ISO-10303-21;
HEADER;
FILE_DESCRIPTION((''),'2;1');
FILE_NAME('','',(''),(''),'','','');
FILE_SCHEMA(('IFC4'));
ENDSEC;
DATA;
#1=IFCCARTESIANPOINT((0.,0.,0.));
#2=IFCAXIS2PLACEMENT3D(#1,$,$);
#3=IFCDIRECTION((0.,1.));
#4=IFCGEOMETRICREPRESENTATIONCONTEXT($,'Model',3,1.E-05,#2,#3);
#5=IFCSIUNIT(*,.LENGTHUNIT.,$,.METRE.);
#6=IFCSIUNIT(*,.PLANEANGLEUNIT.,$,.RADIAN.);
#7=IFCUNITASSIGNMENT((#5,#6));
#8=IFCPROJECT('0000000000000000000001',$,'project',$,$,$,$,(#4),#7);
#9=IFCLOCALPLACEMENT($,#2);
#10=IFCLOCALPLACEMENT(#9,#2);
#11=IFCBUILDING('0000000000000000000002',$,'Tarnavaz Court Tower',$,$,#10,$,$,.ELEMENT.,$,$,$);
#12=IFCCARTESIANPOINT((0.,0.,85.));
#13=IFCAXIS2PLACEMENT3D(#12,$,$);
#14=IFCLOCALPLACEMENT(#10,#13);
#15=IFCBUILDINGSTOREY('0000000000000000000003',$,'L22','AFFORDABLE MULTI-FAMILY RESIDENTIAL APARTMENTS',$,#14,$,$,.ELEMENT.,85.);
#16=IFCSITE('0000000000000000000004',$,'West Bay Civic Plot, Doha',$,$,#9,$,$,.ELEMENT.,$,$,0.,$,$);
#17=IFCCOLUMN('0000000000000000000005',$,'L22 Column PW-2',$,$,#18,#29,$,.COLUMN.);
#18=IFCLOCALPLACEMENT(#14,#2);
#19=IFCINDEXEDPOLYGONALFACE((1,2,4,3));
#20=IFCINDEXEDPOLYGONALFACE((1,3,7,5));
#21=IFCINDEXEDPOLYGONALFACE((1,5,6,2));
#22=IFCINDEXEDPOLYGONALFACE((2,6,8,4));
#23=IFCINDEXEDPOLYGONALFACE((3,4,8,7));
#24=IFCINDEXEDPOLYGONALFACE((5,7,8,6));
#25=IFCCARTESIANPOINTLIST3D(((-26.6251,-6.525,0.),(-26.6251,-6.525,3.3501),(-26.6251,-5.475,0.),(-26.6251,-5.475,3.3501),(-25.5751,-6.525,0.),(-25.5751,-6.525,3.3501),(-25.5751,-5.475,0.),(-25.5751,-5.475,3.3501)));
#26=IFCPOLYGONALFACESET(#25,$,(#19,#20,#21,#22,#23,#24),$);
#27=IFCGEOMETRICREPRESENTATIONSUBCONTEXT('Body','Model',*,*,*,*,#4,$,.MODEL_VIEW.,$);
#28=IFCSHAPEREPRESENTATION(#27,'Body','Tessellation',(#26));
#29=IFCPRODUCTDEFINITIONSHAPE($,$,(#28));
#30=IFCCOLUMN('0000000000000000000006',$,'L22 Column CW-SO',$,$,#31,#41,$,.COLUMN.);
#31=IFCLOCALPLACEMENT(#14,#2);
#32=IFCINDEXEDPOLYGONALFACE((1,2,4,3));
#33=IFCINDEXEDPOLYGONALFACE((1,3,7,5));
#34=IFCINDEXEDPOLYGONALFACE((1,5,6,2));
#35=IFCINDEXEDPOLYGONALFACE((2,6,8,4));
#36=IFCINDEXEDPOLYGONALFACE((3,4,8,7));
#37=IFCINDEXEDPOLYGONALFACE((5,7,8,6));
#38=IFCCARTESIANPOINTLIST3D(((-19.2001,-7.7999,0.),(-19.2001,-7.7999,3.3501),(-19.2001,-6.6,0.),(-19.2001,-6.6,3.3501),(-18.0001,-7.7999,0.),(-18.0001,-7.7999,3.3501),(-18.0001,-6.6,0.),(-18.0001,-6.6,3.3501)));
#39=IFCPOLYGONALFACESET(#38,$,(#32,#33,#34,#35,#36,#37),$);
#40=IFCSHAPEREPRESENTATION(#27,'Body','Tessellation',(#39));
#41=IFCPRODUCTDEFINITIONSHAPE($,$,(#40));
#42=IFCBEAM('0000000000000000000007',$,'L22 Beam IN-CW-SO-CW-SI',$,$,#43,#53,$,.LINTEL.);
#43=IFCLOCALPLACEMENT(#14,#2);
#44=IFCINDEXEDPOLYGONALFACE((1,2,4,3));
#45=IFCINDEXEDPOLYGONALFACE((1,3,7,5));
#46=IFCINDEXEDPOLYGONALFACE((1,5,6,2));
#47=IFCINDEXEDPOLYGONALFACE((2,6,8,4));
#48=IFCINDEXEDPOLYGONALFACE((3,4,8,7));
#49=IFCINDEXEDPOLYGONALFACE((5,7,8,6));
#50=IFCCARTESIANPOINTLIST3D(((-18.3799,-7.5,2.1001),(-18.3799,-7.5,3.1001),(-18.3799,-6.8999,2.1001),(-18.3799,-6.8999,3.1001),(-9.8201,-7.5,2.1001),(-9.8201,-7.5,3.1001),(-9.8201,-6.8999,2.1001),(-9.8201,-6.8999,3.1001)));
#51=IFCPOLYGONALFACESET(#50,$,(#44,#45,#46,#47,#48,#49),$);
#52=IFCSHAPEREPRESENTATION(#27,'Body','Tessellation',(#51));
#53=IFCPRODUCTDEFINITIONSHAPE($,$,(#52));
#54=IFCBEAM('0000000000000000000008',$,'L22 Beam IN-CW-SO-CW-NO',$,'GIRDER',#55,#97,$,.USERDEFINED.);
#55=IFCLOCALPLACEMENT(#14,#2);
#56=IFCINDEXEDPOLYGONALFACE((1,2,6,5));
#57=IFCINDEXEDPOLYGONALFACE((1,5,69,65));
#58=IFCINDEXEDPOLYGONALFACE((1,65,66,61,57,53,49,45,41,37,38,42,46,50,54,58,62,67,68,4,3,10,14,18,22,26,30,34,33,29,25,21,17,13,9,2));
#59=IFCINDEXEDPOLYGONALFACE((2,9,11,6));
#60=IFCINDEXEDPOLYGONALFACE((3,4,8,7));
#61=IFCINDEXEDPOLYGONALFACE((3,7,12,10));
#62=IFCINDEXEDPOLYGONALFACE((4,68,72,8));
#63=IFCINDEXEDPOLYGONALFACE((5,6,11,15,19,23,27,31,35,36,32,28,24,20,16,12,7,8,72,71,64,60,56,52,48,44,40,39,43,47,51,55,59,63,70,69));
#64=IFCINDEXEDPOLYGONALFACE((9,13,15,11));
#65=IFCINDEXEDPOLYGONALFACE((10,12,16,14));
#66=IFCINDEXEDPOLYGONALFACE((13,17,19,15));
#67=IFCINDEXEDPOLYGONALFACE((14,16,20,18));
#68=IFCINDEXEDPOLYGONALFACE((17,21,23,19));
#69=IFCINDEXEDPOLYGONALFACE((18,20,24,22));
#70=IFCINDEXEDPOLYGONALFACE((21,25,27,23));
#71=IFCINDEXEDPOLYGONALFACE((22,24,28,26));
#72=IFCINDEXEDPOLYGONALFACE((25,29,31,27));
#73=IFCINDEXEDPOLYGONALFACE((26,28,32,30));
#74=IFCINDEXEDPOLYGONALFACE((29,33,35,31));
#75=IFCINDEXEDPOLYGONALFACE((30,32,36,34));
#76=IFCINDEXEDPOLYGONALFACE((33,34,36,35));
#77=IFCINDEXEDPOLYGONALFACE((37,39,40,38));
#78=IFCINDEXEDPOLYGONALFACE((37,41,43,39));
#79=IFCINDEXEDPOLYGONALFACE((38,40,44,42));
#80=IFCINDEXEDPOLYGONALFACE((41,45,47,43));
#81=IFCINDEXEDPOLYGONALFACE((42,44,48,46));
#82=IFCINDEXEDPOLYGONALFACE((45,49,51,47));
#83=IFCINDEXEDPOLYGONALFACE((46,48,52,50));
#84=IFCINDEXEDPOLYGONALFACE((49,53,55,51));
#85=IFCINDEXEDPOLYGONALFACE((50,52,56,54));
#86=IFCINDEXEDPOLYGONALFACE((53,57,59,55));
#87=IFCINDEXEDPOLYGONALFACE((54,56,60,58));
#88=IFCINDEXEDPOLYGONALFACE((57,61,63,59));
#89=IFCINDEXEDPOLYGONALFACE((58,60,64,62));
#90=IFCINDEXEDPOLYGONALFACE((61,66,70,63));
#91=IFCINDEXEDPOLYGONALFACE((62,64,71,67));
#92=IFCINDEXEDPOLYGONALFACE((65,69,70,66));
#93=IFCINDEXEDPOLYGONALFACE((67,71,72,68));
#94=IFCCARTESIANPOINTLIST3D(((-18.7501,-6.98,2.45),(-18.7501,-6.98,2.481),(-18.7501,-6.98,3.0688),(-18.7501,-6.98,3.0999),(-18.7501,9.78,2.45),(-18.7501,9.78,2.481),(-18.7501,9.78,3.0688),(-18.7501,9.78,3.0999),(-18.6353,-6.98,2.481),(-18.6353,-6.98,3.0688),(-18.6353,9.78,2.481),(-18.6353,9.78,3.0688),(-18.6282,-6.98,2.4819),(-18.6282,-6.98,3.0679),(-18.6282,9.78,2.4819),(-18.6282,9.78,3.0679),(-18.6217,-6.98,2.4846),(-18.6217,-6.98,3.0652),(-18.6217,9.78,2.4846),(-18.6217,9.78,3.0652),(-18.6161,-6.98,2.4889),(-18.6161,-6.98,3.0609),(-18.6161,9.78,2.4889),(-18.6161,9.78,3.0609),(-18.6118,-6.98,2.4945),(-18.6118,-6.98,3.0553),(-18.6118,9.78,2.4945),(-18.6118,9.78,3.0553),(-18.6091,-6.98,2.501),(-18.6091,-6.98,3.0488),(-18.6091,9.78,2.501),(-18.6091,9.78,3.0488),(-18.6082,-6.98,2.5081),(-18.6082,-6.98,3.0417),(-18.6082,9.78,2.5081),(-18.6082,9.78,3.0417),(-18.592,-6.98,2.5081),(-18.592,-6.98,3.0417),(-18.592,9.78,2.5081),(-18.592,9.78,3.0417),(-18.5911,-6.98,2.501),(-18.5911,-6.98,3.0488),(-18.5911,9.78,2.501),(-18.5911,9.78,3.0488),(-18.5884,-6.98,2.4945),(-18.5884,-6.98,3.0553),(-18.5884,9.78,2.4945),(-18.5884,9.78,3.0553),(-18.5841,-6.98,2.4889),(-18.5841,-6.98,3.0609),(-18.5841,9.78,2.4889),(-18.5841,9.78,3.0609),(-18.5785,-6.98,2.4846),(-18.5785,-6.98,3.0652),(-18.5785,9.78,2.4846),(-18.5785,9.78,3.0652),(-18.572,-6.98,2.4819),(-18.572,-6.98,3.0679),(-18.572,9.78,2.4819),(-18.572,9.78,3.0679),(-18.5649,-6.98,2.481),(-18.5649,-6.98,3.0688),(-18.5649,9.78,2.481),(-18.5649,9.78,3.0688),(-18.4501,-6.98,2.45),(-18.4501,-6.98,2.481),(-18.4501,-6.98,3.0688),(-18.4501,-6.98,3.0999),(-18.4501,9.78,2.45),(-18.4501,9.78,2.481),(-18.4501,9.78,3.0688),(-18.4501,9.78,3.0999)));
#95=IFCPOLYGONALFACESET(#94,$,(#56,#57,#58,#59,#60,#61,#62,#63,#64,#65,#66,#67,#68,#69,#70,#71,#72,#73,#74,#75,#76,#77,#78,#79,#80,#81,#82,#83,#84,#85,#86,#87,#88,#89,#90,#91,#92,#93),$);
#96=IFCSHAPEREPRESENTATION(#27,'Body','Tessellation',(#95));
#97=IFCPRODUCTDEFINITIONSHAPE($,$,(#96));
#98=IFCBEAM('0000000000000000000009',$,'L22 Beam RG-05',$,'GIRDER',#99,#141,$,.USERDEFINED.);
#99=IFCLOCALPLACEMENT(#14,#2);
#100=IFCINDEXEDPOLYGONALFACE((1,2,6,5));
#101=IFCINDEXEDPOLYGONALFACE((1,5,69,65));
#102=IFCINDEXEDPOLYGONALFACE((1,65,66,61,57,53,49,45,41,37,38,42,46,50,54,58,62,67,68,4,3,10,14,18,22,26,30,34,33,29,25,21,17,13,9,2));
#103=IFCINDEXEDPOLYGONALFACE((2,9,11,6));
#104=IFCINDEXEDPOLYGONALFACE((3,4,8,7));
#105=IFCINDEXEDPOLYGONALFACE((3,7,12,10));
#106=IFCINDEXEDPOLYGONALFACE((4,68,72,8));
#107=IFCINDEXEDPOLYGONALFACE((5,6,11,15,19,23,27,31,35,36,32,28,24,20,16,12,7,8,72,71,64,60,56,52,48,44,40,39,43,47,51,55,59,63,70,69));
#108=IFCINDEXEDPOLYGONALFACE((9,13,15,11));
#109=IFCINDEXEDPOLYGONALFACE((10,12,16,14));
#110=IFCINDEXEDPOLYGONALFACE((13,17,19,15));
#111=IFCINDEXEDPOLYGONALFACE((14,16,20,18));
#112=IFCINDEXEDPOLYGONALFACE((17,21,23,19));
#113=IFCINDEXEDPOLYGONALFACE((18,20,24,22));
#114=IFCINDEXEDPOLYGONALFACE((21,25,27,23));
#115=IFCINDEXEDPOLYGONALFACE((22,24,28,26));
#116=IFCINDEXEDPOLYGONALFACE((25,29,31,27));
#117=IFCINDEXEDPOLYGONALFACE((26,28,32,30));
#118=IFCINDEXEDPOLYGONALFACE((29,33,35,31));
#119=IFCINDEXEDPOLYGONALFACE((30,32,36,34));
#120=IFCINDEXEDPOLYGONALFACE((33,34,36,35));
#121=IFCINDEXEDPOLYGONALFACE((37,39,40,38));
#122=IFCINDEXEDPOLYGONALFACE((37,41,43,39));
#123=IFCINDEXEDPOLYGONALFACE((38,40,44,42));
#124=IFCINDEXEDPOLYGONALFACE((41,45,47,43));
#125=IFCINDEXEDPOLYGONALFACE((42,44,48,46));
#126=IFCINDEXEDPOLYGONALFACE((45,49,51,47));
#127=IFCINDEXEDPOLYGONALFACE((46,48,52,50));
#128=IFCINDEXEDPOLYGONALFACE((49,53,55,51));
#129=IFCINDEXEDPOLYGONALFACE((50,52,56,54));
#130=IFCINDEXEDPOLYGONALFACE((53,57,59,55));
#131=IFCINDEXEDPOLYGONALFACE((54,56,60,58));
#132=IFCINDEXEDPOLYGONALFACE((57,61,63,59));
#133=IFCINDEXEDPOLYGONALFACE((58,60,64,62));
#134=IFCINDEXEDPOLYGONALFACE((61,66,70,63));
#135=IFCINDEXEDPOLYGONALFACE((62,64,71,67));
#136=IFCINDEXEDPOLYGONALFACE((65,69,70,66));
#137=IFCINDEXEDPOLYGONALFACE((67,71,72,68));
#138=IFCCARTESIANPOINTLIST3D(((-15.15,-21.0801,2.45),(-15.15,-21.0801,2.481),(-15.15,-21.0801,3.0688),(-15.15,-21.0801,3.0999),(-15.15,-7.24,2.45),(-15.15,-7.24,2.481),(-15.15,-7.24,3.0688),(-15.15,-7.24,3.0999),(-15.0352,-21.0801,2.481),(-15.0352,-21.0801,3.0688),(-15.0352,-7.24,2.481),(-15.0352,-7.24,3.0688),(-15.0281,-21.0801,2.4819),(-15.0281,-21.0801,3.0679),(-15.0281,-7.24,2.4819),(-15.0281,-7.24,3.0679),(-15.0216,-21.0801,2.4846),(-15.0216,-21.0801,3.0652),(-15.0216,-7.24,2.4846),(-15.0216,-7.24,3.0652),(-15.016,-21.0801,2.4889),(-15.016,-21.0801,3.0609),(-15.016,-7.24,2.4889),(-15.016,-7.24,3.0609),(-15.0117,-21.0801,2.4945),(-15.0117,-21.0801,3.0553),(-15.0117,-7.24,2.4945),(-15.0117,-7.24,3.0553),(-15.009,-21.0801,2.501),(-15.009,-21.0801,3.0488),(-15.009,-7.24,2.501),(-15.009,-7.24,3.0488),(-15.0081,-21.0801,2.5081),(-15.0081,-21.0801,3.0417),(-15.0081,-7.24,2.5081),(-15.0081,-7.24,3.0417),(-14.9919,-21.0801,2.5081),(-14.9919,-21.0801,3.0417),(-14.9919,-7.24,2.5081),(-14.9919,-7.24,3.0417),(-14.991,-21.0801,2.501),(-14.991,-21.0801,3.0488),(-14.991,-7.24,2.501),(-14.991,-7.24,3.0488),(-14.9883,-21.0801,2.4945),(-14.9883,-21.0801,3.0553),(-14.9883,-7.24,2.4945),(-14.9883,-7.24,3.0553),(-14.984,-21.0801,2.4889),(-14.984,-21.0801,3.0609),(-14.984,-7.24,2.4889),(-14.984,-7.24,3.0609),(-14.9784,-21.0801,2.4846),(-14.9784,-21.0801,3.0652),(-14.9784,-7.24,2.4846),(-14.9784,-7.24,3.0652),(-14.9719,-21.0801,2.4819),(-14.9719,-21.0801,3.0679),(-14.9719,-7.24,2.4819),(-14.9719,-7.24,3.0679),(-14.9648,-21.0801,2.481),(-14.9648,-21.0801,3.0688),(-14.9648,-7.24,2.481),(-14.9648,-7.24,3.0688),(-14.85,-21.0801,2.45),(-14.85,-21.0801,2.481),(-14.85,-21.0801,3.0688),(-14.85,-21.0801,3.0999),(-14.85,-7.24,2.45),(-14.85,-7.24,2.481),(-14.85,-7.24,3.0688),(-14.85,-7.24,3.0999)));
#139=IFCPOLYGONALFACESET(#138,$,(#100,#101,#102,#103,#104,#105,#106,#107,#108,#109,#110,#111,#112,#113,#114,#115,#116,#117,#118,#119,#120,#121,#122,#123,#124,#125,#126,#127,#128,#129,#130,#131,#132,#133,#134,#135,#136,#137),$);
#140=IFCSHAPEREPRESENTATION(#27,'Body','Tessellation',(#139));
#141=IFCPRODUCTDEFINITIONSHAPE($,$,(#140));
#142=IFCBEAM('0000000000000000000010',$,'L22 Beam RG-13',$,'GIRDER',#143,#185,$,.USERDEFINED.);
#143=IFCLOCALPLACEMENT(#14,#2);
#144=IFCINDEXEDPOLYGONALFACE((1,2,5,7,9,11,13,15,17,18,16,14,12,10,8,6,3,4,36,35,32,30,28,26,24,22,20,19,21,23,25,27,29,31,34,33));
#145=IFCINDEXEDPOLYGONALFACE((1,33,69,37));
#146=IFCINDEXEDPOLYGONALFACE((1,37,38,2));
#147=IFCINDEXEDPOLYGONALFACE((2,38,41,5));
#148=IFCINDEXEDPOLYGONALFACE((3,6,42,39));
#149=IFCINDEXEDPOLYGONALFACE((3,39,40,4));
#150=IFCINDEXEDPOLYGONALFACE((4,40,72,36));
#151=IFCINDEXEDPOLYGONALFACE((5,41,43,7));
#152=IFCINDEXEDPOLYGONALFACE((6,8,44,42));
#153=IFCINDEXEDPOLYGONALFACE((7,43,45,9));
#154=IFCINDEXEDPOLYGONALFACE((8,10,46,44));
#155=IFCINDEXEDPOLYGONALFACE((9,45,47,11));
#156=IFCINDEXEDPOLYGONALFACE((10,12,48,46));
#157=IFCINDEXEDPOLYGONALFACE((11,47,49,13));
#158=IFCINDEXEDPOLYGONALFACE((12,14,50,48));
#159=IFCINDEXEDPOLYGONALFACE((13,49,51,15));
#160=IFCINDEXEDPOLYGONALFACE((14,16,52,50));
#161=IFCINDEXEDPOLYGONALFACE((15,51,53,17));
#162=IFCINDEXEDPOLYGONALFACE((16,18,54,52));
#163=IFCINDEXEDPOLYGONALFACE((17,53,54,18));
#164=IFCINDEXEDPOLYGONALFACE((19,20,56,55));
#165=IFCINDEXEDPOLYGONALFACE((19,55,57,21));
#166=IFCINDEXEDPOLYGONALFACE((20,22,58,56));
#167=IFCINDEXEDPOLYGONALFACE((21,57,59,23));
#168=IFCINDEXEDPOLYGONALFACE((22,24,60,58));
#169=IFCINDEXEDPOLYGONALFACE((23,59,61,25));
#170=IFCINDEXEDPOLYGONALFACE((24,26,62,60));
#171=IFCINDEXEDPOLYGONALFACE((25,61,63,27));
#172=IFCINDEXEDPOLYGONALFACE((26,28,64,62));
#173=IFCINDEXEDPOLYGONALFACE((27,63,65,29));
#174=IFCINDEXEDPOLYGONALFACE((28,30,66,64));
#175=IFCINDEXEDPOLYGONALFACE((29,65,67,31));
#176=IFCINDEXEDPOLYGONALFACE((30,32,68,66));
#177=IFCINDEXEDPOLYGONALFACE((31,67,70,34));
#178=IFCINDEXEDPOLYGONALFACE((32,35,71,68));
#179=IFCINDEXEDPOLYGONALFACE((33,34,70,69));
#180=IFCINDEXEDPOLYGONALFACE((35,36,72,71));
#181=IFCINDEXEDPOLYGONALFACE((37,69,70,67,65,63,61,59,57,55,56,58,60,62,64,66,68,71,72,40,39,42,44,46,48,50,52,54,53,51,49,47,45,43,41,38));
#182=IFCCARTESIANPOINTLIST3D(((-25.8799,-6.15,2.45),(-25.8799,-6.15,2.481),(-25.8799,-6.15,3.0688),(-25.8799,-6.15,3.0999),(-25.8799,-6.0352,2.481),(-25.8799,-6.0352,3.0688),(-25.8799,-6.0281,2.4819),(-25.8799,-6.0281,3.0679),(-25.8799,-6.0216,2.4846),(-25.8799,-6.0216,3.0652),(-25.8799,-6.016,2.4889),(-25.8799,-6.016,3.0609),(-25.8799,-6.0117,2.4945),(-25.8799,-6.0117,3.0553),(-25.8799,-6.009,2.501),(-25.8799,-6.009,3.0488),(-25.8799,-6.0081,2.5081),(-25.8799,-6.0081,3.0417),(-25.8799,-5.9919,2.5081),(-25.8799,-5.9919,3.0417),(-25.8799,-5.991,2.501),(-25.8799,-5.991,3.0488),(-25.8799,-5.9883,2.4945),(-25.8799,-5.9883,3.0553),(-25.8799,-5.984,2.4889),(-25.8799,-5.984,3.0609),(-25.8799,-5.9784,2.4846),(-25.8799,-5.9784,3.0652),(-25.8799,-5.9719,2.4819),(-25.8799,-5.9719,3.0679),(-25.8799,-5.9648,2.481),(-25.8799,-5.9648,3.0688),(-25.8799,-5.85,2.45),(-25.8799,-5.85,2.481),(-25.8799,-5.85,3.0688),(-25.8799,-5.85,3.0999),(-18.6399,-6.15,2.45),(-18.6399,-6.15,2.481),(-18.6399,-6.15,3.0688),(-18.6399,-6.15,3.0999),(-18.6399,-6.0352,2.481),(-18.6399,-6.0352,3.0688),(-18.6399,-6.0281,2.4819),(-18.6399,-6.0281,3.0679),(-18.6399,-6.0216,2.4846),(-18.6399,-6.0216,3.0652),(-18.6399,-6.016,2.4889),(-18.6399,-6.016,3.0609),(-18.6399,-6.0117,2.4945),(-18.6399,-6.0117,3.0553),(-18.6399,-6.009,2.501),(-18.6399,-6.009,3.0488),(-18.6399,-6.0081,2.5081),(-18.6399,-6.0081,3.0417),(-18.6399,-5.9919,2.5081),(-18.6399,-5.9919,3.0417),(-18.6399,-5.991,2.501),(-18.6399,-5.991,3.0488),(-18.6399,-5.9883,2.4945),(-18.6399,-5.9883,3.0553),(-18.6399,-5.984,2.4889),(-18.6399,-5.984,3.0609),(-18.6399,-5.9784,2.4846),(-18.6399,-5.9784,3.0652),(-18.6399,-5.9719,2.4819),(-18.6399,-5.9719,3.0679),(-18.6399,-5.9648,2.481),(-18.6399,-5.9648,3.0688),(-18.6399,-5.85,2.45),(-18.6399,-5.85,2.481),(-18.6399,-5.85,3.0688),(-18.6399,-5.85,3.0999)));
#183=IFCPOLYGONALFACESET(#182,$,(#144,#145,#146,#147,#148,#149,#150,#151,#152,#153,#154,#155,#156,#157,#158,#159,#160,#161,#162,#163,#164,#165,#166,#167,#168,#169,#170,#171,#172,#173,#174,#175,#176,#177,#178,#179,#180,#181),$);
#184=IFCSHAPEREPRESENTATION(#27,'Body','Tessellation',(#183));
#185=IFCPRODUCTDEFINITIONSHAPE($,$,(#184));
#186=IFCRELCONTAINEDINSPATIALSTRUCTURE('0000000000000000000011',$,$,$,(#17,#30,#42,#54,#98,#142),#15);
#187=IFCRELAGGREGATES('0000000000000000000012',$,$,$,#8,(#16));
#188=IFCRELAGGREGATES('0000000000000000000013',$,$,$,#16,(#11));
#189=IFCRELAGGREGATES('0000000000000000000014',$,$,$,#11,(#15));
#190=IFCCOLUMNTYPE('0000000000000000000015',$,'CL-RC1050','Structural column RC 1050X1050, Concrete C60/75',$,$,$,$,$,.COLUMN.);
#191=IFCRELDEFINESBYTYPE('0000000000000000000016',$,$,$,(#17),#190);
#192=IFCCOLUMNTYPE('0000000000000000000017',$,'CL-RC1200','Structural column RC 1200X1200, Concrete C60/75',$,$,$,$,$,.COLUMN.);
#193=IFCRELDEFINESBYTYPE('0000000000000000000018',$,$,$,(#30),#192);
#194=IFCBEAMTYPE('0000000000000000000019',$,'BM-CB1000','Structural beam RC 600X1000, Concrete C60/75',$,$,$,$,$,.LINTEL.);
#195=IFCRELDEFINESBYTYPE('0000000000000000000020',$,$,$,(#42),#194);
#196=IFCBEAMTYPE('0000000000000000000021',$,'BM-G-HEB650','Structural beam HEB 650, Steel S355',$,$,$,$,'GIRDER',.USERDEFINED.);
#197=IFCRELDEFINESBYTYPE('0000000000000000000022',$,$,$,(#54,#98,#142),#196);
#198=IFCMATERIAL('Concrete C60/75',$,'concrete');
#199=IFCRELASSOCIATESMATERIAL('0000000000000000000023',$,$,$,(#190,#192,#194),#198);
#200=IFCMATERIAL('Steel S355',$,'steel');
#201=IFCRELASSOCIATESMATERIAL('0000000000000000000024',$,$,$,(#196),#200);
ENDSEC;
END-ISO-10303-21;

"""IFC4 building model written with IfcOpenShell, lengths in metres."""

from ifc_helpers import new_model, si_unit, direction, frame, origin, origin_2d, place, context, subcontext, project, spatial, rectangle, i_section, extrude, material, material_profile, profile_set, type_object, element, save


model = new_model("IFC4")

# Units and contexts
model_context = context("Model", 3, precision=1e-05, world=origin(), true_north=direction((0.0, 1.0)))
body_context = subcontext(model_context, "Body", "Model", "MODEL_VIEW")
ifc_project = project(units=[si_unit("LENGTHUNIT", "METRE"), si_unit("PLANEANGLEUNIT", "RADIAN")], contexts=[model_context])

# Site, building, storey
site_placement = place(None, origin())
site = spatial("IfcSite", under=ifc_project, at=site_placement, Name="West Bay Civic Plot, Doha", CompositionType="ELEMENT", RefElevation=0.0)
building_placement = place(site_placement, origin())
building = spatial("IfcBuilding", under=site, at=building_placement, Name="Tarnavaz Court Tower", CompositionType="ELEMENT")
storey_placement = place(building_placement, frame((0.0, 0.0, 85.0)))
storey = spatial("IfcBuildingStorey", under=building, at=storey_placement, Name="L22", Description="AFFORDABLE MULTI-FAMILY RESIDENTIAL APARTMENTS", CompositionType="ELEMENT", Elevation=85.0)

# Columns
ifc_material_1 = material(Name="Concrete C60/75", Category="concrete")
ifc_material_profile_1 = material_profile(ifc_material_1, rectangle(XDim=1.05, YDim=1.05, at=origin_2d()), Name="RC 1050X1050")
ifc_profile_set_1 = profile_set([ifc_material_profile_1], Name="Concrete C60/75")
column_type_1 = type_object("IfcColumnType", Name="CL-RC1050", Description="Structural column RC 1050X1050, Concrete C60/75", PredefinedType="COLUMN", material=ifc_profile_set_1)
column_1_placement = place(storey_placement, frame((-26.1001, -6.0, 0.0), z_axis=(0.0, 0.0, 1.0), x_axis=(1.0, 0.0, 0.0)))
element("IfcColumn", 1, at=column_1_placement, inside=storey, type_object=column_type_1, Name="L22 Column PW-2", PredefinedType="COLUMN", context=body_context, shape_type="SweptSolid", body=[
    extrude(rectangle(XDim=1.05, YDim=1.05, at=origin_2d()), origin(), (0.0, 0.0, 1.0), 3.3501),
])
ifc_material_profile_2 = material_profile(ifc_material_1, rectangle(XDim=1.2, YDim=1.2, at=origin_2d()), Name="RC 1200X1200")
ifc_profile_set_2 = profile_set([ifc_material_profile_2], Name="Concrete C60/75")
column_type_2 = type_object("IfcColumnType", Name="CL-RC1200", Description="Structural column RC 1200X1200, Concrete C60/75", PredefinedType="COLUMN", material=ifc_profile_set_2)
column_2_placement = place(storey_placement, frame((-18.6001, -7.2, 0.0), z_axis=(0.0, 0.0, 1.0), x_axis=(1.0, 0.0, 0.0)))
element("IfcColumn", 2, at=column_2_placement, inside=storey, type_object=column_type_2, Name="L22 Column CW-SO", PredefinedType="COLUMN", context=body_context, shape_type="SweptSolid", body=[
    extrude(rectangle(XDim=1.2, YDim=1.2, at=origin_2d()), origin(), (0.0, 0.0, 1.0), 3.3501),
])

# Beams
ifc_material_profile_3 = material_profile(ifc_material_1, rectangle(XDim=0.6001, YDim=1.0, at=origin_2d()), Name="RC 600X1000")
ifc_profile_set_3 = profile_set([ifc_material_profile_3], Name="Concrete C60/75")
beam_type_1 = type_object("IfcBeamType", Name="BM-CB1000", Description="Structural beam RC 600X1000, Concrete C60/75", PredefinedType="LINTEL", material=ifc_profile_set_3)
beam_1_placement = place(storey_placement, frame((-18.3799, -7.2, 2.6001), z_axis=(1.0, 0.0, 0.0), x_axis=(0.0, 1.0, 0.0)))
element("IfcBeam", 3, at=beam_1_placement, inside=storey, type_object=beam_type_1, Name="L22 Beam IN-CW-SO-CW-SI", PredefinedType="LINTEL", context=body_context, shape_type="SweptSolid", body=[
    extrude(rectangle(XDim=0.6001, YDim=1.0, at=origin_2d()), origin(), (0.0, 0.0, 1.0), 8.5598),
])
ifc_material_2 = material(Name="Steel S355", Category="steel")
ifc_material_profile_4 = material_profile(ifc_material_2, i_section(OverallWidth=0.3, OverallDepth=0.6499, WebThickness=0.0161, FlangeThickness=0.031, FilletRadius=0.0271, at=origin_2d()), Name="HEB 650")
ifc_profile_set_4 = profile_set([ifc_material_profile_4], Name="Steel S355")
beam_type_2 = type_object("IfcBeamType", Name="BM-G-HEB650", Description="Structural beam HEB 650, Steel S355", ElementType="GIRDER", PredefinedType="USERDEFINED", material=ifc_profile_set_4)
beam_2_placement = place(storey_placement, frame((-18.6001, -6.98, 2.7749), z_axis=(0.0, 1.0, 0.0), x_axis=(-1.0, 0.0, 0.0)))
element("IfcBeam", 4, at=beam_2_placement, inside=storey, type_object=beam_type_2, Name="L22 Beam IN-CW-SO-CW-NO", ObjectType="GIRDER", PredefinedType="USERDEFINED", context=body_context, shape_type="SweptSolid", body=[
    extrude(i_section(OverallWidth=0.3, OverallDepth=0.6499, WebThickness=0.0161, FlangeThickness=0.031, FilletRadius=0.0271, at=origin_2d()), origin(), (0.0, 0.0, 1.0), 16.76),
])
beam_3_placement = place(storey_placement, frame((-15.0, -7.24, 2.7749), z_axis=(0.0, -1.0, 0.0), x_axis=(1.0, 0.0, 0.0)))
element("IfcBeam", 5, at=beam_3_placement, inside=storey, type_object=beam_type_2, Name="L22 Beam RG-05", ObjectType="GIRDER", PredefinedType="USERDEFINED", context=body_context, shape_type="SweptSolid", body=[
    extrude(i_section(OverallWidth=0.3, OverallDepth=0.6499, WebThickness=0.0161, FlangeThickness=0.031, FilletRadius=0.0271, at=origin_2d()), origin(), (0.0, 0.0, 1.0), 13.8401),
])
beam_4_placement = place(storey_placement, frame((-18.6399, -6.0, 2.7749), z_axis=(-1.0, 0.0, 0.0), x_axis=(0.0, -1.0, 0.0)))
element("IfcBeam", 6, at=beam_4_placement, inside=storey, type_object=beam_type_2, Name="L22 Beam RG-13", ObjectType="GIRDER", PredefinedType="USERDEFINED", context=body_context, shape_type="SweptSolid", body=[
    extrude(i_section(OverallWidth=0.3, OverallDepth=0.6499, WebThickness=0.0161, FlangeThickness=0.031, FilletRadius=0.0271, at=origin_2d()), origin(), (0.0, 0.0, 1.0), 7.24),
])

save(model, "model.ifc")
